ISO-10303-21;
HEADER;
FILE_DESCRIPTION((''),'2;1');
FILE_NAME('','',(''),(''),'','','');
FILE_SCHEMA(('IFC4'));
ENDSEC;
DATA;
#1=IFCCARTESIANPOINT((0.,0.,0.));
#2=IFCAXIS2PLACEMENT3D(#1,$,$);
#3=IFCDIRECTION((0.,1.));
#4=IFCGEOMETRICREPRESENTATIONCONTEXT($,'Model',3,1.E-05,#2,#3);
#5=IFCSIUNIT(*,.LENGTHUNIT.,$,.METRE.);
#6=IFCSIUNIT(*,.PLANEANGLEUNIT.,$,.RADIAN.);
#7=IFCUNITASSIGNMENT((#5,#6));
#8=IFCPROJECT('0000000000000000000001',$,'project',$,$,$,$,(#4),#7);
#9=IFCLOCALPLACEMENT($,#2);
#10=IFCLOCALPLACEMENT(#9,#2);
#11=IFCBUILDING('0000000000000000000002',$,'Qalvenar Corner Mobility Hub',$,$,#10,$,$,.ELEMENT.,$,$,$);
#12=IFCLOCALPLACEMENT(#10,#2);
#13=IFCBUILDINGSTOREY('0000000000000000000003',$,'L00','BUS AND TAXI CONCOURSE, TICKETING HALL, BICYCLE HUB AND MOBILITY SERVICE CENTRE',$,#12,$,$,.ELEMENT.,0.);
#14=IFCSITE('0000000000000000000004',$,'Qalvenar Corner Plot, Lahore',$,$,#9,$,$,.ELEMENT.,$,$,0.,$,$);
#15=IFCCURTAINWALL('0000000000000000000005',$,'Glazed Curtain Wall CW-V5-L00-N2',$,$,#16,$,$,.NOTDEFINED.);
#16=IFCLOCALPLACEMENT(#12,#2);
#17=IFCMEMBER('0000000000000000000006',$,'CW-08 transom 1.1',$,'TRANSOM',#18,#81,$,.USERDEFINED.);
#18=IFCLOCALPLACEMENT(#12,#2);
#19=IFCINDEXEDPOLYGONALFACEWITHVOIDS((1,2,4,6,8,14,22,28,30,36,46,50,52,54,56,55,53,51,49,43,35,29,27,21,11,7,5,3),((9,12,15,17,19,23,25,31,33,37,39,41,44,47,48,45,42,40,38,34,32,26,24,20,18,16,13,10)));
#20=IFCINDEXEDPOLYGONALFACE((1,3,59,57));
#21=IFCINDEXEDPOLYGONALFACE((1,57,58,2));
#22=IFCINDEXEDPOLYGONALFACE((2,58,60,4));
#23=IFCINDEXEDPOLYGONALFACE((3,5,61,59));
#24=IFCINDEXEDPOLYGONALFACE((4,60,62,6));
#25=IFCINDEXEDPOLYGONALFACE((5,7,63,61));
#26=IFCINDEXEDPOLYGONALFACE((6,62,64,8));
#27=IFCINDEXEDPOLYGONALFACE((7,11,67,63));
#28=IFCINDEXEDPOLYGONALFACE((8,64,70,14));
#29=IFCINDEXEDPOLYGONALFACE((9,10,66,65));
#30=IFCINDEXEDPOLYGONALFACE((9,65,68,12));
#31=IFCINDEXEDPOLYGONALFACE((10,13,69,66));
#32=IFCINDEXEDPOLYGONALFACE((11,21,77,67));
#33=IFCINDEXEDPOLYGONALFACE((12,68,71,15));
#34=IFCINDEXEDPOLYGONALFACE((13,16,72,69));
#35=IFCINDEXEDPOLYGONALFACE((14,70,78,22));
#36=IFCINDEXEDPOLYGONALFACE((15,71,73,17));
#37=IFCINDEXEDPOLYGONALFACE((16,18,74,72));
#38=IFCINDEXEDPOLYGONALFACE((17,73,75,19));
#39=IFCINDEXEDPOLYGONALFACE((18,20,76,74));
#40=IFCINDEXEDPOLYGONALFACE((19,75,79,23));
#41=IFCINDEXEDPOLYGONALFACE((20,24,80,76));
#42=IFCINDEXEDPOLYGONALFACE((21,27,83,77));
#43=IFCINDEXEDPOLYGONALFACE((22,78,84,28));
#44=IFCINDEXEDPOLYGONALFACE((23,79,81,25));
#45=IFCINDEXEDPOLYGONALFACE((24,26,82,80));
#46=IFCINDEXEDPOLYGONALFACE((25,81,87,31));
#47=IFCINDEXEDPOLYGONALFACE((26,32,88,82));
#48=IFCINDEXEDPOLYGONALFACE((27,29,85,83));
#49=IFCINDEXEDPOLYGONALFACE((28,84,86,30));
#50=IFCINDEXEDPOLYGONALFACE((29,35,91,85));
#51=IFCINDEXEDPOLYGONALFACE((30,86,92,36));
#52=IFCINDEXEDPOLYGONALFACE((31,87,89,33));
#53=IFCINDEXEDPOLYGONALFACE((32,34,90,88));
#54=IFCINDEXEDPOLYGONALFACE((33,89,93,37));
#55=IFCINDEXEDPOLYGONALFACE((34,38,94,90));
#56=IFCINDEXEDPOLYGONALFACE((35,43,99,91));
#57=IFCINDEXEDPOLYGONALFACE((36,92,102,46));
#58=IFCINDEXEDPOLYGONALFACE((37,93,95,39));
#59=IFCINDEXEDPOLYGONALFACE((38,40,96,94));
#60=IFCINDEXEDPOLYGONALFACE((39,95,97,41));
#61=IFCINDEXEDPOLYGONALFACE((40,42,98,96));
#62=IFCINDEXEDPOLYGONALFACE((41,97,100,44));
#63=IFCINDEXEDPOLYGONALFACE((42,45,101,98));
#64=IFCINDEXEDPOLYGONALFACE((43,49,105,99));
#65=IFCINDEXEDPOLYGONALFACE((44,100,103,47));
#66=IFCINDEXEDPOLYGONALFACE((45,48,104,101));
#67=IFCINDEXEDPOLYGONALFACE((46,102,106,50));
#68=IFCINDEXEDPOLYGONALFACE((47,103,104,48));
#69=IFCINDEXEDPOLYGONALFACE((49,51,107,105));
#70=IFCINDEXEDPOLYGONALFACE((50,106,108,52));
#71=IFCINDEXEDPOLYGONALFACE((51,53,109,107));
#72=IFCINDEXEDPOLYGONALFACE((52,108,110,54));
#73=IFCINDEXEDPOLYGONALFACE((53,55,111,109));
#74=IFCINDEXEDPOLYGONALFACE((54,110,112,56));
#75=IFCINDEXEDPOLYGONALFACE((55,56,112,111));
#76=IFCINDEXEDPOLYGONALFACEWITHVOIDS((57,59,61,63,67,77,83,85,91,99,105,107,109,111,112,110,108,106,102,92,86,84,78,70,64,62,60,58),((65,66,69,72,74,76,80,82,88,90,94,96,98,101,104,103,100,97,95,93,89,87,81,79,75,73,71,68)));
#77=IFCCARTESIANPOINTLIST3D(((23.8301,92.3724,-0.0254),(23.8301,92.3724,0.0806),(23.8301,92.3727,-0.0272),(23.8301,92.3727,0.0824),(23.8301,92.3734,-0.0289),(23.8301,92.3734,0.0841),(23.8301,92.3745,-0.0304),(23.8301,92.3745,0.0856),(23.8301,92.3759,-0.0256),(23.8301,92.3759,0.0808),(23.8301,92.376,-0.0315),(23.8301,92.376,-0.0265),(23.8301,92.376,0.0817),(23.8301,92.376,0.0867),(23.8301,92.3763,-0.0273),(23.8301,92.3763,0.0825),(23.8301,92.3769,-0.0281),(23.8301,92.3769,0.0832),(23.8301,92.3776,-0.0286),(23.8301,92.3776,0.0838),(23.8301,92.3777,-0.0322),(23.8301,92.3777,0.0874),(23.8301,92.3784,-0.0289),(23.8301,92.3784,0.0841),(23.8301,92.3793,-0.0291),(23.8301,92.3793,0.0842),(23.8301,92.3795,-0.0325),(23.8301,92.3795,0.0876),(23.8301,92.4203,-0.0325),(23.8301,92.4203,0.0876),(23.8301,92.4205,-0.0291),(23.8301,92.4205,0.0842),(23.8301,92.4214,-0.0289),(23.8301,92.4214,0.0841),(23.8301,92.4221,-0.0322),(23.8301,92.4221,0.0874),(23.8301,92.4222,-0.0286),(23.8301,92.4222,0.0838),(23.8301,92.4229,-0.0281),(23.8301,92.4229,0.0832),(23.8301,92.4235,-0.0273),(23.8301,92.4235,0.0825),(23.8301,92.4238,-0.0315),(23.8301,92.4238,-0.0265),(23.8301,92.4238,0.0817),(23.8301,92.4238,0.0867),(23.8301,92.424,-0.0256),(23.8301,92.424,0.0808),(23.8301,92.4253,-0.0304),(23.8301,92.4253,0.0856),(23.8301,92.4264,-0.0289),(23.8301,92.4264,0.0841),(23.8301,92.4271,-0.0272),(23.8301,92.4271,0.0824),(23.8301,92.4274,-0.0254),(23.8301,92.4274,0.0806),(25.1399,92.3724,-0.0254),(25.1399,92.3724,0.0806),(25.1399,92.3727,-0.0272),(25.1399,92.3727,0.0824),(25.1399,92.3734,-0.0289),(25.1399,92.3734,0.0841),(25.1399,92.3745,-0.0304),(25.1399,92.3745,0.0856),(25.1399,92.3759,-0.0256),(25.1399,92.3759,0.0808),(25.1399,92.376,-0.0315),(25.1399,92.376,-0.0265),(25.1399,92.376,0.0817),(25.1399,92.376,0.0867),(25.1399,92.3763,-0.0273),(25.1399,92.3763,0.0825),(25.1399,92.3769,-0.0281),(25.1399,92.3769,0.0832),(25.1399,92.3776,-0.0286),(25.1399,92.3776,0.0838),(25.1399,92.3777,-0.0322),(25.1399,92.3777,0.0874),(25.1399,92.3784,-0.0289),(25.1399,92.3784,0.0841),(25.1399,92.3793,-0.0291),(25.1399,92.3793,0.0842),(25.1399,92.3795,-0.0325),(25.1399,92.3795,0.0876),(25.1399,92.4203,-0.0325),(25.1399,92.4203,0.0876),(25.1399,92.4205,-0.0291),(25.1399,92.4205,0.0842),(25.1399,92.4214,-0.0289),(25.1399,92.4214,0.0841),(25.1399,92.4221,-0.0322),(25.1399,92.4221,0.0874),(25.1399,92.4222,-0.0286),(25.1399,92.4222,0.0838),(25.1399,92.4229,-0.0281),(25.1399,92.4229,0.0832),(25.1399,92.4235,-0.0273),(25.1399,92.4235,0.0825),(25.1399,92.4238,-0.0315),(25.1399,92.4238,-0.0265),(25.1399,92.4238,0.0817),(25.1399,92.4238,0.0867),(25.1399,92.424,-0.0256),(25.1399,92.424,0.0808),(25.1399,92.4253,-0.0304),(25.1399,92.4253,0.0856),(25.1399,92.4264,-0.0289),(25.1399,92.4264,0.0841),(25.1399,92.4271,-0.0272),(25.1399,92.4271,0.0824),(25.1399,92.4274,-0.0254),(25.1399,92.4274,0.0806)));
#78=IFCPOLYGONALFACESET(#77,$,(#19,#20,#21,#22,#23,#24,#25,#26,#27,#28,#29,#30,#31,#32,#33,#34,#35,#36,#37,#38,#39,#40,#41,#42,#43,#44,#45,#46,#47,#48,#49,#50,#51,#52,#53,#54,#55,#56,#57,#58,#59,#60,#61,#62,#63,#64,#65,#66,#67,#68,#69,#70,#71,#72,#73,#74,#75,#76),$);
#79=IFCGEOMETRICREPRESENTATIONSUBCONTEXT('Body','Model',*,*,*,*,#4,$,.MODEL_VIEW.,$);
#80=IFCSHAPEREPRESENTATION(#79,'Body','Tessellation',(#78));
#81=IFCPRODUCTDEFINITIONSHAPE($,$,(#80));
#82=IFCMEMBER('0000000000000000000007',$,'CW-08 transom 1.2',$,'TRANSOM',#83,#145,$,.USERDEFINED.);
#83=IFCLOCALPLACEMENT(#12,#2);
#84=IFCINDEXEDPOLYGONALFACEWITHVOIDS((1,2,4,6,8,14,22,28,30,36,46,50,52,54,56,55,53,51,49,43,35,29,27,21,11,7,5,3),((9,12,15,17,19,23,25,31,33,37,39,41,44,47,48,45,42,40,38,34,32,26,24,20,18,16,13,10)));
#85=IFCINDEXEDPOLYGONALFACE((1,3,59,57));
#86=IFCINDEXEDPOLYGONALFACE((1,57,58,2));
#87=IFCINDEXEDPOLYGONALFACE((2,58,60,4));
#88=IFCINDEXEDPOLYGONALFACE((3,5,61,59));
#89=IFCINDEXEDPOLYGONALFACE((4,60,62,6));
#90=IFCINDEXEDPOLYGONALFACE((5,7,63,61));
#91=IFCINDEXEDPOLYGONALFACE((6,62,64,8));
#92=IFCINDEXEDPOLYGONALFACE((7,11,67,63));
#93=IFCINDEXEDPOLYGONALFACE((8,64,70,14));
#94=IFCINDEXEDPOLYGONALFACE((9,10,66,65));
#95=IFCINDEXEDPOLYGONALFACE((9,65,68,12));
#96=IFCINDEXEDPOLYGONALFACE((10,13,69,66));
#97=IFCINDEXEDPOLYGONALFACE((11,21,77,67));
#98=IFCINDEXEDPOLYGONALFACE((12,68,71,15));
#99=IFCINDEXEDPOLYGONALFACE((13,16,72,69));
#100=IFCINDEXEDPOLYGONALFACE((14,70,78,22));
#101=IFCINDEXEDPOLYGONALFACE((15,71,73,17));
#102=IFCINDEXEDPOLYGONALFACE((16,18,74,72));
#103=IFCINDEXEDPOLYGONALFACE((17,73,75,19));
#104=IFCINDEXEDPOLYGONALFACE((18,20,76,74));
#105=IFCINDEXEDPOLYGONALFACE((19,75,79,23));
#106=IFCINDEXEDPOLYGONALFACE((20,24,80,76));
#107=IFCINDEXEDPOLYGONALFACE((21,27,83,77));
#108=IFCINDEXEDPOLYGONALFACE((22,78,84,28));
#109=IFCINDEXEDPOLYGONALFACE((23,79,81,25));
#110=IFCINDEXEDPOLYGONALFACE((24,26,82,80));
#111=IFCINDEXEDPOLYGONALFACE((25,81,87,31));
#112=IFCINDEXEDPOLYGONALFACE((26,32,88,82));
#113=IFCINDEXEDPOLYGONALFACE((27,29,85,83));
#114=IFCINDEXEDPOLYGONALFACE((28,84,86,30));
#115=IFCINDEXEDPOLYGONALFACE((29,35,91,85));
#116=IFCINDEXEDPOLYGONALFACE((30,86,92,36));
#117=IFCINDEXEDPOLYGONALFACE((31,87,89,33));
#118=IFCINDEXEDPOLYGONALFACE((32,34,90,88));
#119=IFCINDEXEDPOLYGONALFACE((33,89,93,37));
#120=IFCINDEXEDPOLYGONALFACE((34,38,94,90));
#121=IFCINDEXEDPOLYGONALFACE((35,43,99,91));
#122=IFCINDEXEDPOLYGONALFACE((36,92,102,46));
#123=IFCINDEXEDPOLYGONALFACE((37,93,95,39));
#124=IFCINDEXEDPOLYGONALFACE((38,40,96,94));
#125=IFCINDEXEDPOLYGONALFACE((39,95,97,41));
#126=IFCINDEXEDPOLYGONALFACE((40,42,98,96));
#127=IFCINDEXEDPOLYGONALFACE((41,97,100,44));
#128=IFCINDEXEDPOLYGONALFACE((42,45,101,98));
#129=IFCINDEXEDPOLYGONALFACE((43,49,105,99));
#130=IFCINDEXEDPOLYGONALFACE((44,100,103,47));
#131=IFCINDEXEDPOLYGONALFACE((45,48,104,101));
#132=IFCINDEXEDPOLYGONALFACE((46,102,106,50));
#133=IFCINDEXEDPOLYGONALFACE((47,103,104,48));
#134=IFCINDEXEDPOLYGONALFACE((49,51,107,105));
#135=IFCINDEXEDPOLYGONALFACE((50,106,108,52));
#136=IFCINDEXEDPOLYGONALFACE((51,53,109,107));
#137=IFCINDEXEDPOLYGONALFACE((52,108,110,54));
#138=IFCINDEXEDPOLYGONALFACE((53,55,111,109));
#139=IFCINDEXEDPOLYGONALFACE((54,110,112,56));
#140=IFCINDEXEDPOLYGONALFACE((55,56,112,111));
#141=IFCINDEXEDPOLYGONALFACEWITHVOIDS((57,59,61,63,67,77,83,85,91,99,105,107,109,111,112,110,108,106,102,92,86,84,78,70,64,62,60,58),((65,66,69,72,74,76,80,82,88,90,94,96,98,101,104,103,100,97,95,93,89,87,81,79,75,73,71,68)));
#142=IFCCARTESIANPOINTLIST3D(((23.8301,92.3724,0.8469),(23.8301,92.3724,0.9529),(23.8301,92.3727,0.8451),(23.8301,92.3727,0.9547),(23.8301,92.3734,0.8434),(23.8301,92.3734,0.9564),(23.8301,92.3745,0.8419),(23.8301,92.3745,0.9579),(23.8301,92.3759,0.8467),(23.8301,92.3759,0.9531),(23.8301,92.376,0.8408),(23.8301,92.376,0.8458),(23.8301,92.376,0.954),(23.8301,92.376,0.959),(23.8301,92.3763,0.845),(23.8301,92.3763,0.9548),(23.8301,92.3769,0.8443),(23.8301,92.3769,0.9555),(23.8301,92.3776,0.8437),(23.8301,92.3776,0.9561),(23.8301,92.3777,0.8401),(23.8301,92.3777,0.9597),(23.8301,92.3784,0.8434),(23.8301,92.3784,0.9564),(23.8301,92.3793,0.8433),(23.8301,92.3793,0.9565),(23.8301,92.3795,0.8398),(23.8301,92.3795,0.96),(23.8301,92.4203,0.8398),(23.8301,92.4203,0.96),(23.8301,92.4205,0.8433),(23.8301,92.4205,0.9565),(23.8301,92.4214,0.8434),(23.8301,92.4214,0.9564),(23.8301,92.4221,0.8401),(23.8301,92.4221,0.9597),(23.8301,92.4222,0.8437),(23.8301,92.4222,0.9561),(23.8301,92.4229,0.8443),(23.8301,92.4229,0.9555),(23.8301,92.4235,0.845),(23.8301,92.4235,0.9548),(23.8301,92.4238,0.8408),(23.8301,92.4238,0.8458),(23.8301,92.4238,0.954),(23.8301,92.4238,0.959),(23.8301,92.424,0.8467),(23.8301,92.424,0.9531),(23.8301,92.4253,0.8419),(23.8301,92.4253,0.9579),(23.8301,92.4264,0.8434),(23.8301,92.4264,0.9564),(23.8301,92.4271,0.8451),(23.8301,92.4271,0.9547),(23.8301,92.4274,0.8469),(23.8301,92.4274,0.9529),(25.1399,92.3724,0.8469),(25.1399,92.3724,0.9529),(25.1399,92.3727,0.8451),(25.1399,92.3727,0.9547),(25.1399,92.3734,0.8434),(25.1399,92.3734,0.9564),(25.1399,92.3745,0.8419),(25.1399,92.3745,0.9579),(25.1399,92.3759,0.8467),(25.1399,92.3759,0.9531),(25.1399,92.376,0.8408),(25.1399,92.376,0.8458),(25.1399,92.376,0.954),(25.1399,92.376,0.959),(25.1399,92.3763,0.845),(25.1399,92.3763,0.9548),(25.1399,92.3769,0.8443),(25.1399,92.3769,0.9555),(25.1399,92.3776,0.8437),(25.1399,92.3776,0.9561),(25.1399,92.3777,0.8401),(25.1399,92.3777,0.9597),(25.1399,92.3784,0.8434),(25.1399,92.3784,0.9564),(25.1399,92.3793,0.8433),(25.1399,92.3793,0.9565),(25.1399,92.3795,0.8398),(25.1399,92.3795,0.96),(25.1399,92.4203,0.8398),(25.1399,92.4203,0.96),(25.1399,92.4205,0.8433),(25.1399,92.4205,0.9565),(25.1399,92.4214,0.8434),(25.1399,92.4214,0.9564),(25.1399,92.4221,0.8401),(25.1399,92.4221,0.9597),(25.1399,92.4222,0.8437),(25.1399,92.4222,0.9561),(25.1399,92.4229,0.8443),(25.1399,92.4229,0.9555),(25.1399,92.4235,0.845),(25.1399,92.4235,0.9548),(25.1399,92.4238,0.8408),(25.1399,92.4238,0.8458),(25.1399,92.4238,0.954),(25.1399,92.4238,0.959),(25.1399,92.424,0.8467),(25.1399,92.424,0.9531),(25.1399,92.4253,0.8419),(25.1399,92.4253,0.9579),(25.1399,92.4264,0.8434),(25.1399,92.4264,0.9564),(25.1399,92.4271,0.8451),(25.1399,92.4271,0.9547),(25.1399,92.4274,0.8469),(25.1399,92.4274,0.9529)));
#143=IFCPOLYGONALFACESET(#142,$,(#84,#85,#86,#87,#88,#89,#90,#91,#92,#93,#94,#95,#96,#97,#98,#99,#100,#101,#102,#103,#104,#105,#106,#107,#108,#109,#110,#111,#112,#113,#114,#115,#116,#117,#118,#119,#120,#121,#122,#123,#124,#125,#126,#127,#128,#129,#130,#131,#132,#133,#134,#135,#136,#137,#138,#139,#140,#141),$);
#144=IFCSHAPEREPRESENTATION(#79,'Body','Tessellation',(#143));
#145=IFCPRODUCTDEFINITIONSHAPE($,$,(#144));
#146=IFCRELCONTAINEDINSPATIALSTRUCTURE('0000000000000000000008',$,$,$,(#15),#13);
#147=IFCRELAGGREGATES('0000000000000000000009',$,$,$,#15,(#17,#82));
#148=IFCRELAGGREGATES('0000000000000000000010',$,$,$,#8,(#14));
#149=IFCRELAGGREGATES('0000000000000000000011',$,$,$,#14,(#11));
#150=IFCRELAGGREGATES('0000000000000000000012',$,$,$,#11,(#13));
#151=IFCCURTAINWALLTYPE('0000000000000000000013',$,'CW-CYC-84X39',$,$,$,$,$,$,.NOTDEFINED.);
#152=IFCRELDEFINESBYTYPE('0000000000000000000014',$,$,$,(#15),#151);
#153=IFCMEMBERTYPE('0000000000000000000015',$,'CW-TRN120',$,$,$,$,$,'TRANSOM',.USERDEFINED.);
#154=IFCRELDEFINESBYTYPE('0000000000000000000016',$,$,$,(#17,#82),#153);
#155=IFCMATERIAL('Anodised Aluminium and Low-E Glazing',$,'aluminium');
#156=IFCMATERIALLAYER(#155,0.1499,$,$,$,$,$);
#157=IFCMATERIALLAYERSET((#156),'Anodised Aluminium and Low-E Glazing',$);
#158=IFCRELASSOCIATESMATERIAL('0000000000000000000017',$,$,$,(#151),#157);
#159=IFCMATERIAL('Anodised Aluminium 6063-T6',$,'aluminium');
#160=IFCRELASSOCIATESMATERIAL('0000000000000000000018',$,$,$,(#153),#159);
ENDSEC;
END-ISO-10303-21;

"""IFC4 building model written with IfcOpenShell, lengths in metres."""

from ifc_helpers import new_model, si_unit, direction, frame, origin, origin_2d, place, context, subcontext, project, spatial, hollow_rectangle, extrude, material, layer, layer_set, material_profile, profile_set, type_object, element, aggregate, save


model = new_model("IFC4")

# Units and contexts
model_context = context("Model", 3, precision=1e-05, world=origin(), true_north=direction((0.0, 1.0)))
body_context = subcontext(model_context, "Body", "Model", "MODEL_VIEW")
ifc_project = project(units=[si_unit("LENGTHUNIT", "METRE"), si_unit("PLANEANGLEUNIT", "RADIAN")], contexts=[model_context])

# Site, building, storey
site_placement = place(None, origin())
site = spatial("IfcSite", under=ifc_project, at=site_placement, Name="Qalvenar Corner Plot, Lahore", CompositionType="ELEMENT", RefElevation=0.0)
building_placement = place(site_placement, origin())
building = spatial("IfcBuilding", under=site, at=building_placement, Name="Qalvenar Corner Mobility Hub", CompositionType="ELEMENT")
storey_placement = place(building_placement, origin())
storey = spatial("IfcBuildingStorey", under=building, at=storey_placement, Name="L00", Description="BUS AND TAXI CONCOURSE, TICKETING HALL, BICYCLE HUB AND MOBILITY SERVICE CENTRE", CompositionType="ELEMENT", Elevation=0.0)

# Curtain wall
ifc_material_1 = material(Name="Anodised Aluminium and Low-E Glazing", Category="aluminium")
ifc_layer_1 = layer(ifc_material_1, 0.1499)
ifc_layer_set_1 = layer_set([ifc_layer_1], Name="Anodised Aluminium and Low-E Glazing")
curtain_wall_type = type_object("IfcCurtainWallType", Name="CW-CYC-84X39", PredefinedType="NOTDEFINED", material=ifc_layer_set_1)
curtain_wall_1_placement = place(storey_placement, origin())
curtain_wall_1 = element("IfcCurtainWall", 1, at=curtain_wall_1_placement, inside=storey, type_object=curtain_wall_type, Name="Glazed Curtain Wall CW-V5-L00-N2", PredefinedType="NOTDEFINED")
ifc_material_2 = material(Name="Anodised Aluminium 6063-T6", Category="aluminium")

# Members
ifc_material_profile_1 = material_profile(ifc_material_2, hollow_rectangle(XDim=0.0549, YDim=0.1201, WallThickness=0.0034, InnerFilletRadius=0.0034, OuterFilletRadius=0.0071, at=origin_2d()), Name="RHS120x55x3.5")
ifc_profile_set_1 = profile_set([ifc_material_profile_1], Name="Anodised Aluminium 6063-T6")
member_type_1 = type_object("IfcMemberType", Name="CW-TRN120", ElementType="TRANSOM", PredefinedType="USERDEFINED", material=ifc_profile_set_1)
member_1_placement = place(storey_placement, frame((25.1399, 92.3999, 0.0276), z_axis=(-1.0, 0.0, 0.0), x_axis=(0.0, -1.0, 0.0)))
member_1 = element("IfcMember", 2, at=member_1_placement, type_object=member_type_1, Name="CW-08 transom 1.1", ObjectType="TRANSOM", PredefinedType="USERDEFINED", context=body_context, shape_type="SweptSolid", body=[
    extrude(hollow_rectangle(XDim=0.0549, YDim=0.1201, WallThickness=0.0034, InnerFilletRadius=0.0034, OuterFilletRadius=0.0071, at=origin_2d()), origin(), (0.0, 0.0, 1.0), 1.3098),
])
member_2_placement = place(storey_placement, frame((25.1399, 92.3999, 0.8999), z_axis=(-1.0, 0.0, 0.0), x_axis=(0.0, -1.0, 0.0)))
member_2 = element("IfcMember", 3, at=member_2_placement, type_object=member_type_1, Name="CW-08 transom 1.2", ObjectType="TRANSOM", PredefinedType="USERDEFINED", context=body_context, shape_type="SweptSolid", body=[
    extrude(hollow_rectangle(XDim=0.0549, YDim=0.1201, WallThickness=0.0034, InnerFilletRadius=0.0034, OuterFilletRadius=0.0071, at=origin_2d()), origin(), (0.0, 0.0, 1.0), 1.3098),
])

aggregate(curtain_wall_1, [member_1, member_2])

save(model, "model.ifc")
